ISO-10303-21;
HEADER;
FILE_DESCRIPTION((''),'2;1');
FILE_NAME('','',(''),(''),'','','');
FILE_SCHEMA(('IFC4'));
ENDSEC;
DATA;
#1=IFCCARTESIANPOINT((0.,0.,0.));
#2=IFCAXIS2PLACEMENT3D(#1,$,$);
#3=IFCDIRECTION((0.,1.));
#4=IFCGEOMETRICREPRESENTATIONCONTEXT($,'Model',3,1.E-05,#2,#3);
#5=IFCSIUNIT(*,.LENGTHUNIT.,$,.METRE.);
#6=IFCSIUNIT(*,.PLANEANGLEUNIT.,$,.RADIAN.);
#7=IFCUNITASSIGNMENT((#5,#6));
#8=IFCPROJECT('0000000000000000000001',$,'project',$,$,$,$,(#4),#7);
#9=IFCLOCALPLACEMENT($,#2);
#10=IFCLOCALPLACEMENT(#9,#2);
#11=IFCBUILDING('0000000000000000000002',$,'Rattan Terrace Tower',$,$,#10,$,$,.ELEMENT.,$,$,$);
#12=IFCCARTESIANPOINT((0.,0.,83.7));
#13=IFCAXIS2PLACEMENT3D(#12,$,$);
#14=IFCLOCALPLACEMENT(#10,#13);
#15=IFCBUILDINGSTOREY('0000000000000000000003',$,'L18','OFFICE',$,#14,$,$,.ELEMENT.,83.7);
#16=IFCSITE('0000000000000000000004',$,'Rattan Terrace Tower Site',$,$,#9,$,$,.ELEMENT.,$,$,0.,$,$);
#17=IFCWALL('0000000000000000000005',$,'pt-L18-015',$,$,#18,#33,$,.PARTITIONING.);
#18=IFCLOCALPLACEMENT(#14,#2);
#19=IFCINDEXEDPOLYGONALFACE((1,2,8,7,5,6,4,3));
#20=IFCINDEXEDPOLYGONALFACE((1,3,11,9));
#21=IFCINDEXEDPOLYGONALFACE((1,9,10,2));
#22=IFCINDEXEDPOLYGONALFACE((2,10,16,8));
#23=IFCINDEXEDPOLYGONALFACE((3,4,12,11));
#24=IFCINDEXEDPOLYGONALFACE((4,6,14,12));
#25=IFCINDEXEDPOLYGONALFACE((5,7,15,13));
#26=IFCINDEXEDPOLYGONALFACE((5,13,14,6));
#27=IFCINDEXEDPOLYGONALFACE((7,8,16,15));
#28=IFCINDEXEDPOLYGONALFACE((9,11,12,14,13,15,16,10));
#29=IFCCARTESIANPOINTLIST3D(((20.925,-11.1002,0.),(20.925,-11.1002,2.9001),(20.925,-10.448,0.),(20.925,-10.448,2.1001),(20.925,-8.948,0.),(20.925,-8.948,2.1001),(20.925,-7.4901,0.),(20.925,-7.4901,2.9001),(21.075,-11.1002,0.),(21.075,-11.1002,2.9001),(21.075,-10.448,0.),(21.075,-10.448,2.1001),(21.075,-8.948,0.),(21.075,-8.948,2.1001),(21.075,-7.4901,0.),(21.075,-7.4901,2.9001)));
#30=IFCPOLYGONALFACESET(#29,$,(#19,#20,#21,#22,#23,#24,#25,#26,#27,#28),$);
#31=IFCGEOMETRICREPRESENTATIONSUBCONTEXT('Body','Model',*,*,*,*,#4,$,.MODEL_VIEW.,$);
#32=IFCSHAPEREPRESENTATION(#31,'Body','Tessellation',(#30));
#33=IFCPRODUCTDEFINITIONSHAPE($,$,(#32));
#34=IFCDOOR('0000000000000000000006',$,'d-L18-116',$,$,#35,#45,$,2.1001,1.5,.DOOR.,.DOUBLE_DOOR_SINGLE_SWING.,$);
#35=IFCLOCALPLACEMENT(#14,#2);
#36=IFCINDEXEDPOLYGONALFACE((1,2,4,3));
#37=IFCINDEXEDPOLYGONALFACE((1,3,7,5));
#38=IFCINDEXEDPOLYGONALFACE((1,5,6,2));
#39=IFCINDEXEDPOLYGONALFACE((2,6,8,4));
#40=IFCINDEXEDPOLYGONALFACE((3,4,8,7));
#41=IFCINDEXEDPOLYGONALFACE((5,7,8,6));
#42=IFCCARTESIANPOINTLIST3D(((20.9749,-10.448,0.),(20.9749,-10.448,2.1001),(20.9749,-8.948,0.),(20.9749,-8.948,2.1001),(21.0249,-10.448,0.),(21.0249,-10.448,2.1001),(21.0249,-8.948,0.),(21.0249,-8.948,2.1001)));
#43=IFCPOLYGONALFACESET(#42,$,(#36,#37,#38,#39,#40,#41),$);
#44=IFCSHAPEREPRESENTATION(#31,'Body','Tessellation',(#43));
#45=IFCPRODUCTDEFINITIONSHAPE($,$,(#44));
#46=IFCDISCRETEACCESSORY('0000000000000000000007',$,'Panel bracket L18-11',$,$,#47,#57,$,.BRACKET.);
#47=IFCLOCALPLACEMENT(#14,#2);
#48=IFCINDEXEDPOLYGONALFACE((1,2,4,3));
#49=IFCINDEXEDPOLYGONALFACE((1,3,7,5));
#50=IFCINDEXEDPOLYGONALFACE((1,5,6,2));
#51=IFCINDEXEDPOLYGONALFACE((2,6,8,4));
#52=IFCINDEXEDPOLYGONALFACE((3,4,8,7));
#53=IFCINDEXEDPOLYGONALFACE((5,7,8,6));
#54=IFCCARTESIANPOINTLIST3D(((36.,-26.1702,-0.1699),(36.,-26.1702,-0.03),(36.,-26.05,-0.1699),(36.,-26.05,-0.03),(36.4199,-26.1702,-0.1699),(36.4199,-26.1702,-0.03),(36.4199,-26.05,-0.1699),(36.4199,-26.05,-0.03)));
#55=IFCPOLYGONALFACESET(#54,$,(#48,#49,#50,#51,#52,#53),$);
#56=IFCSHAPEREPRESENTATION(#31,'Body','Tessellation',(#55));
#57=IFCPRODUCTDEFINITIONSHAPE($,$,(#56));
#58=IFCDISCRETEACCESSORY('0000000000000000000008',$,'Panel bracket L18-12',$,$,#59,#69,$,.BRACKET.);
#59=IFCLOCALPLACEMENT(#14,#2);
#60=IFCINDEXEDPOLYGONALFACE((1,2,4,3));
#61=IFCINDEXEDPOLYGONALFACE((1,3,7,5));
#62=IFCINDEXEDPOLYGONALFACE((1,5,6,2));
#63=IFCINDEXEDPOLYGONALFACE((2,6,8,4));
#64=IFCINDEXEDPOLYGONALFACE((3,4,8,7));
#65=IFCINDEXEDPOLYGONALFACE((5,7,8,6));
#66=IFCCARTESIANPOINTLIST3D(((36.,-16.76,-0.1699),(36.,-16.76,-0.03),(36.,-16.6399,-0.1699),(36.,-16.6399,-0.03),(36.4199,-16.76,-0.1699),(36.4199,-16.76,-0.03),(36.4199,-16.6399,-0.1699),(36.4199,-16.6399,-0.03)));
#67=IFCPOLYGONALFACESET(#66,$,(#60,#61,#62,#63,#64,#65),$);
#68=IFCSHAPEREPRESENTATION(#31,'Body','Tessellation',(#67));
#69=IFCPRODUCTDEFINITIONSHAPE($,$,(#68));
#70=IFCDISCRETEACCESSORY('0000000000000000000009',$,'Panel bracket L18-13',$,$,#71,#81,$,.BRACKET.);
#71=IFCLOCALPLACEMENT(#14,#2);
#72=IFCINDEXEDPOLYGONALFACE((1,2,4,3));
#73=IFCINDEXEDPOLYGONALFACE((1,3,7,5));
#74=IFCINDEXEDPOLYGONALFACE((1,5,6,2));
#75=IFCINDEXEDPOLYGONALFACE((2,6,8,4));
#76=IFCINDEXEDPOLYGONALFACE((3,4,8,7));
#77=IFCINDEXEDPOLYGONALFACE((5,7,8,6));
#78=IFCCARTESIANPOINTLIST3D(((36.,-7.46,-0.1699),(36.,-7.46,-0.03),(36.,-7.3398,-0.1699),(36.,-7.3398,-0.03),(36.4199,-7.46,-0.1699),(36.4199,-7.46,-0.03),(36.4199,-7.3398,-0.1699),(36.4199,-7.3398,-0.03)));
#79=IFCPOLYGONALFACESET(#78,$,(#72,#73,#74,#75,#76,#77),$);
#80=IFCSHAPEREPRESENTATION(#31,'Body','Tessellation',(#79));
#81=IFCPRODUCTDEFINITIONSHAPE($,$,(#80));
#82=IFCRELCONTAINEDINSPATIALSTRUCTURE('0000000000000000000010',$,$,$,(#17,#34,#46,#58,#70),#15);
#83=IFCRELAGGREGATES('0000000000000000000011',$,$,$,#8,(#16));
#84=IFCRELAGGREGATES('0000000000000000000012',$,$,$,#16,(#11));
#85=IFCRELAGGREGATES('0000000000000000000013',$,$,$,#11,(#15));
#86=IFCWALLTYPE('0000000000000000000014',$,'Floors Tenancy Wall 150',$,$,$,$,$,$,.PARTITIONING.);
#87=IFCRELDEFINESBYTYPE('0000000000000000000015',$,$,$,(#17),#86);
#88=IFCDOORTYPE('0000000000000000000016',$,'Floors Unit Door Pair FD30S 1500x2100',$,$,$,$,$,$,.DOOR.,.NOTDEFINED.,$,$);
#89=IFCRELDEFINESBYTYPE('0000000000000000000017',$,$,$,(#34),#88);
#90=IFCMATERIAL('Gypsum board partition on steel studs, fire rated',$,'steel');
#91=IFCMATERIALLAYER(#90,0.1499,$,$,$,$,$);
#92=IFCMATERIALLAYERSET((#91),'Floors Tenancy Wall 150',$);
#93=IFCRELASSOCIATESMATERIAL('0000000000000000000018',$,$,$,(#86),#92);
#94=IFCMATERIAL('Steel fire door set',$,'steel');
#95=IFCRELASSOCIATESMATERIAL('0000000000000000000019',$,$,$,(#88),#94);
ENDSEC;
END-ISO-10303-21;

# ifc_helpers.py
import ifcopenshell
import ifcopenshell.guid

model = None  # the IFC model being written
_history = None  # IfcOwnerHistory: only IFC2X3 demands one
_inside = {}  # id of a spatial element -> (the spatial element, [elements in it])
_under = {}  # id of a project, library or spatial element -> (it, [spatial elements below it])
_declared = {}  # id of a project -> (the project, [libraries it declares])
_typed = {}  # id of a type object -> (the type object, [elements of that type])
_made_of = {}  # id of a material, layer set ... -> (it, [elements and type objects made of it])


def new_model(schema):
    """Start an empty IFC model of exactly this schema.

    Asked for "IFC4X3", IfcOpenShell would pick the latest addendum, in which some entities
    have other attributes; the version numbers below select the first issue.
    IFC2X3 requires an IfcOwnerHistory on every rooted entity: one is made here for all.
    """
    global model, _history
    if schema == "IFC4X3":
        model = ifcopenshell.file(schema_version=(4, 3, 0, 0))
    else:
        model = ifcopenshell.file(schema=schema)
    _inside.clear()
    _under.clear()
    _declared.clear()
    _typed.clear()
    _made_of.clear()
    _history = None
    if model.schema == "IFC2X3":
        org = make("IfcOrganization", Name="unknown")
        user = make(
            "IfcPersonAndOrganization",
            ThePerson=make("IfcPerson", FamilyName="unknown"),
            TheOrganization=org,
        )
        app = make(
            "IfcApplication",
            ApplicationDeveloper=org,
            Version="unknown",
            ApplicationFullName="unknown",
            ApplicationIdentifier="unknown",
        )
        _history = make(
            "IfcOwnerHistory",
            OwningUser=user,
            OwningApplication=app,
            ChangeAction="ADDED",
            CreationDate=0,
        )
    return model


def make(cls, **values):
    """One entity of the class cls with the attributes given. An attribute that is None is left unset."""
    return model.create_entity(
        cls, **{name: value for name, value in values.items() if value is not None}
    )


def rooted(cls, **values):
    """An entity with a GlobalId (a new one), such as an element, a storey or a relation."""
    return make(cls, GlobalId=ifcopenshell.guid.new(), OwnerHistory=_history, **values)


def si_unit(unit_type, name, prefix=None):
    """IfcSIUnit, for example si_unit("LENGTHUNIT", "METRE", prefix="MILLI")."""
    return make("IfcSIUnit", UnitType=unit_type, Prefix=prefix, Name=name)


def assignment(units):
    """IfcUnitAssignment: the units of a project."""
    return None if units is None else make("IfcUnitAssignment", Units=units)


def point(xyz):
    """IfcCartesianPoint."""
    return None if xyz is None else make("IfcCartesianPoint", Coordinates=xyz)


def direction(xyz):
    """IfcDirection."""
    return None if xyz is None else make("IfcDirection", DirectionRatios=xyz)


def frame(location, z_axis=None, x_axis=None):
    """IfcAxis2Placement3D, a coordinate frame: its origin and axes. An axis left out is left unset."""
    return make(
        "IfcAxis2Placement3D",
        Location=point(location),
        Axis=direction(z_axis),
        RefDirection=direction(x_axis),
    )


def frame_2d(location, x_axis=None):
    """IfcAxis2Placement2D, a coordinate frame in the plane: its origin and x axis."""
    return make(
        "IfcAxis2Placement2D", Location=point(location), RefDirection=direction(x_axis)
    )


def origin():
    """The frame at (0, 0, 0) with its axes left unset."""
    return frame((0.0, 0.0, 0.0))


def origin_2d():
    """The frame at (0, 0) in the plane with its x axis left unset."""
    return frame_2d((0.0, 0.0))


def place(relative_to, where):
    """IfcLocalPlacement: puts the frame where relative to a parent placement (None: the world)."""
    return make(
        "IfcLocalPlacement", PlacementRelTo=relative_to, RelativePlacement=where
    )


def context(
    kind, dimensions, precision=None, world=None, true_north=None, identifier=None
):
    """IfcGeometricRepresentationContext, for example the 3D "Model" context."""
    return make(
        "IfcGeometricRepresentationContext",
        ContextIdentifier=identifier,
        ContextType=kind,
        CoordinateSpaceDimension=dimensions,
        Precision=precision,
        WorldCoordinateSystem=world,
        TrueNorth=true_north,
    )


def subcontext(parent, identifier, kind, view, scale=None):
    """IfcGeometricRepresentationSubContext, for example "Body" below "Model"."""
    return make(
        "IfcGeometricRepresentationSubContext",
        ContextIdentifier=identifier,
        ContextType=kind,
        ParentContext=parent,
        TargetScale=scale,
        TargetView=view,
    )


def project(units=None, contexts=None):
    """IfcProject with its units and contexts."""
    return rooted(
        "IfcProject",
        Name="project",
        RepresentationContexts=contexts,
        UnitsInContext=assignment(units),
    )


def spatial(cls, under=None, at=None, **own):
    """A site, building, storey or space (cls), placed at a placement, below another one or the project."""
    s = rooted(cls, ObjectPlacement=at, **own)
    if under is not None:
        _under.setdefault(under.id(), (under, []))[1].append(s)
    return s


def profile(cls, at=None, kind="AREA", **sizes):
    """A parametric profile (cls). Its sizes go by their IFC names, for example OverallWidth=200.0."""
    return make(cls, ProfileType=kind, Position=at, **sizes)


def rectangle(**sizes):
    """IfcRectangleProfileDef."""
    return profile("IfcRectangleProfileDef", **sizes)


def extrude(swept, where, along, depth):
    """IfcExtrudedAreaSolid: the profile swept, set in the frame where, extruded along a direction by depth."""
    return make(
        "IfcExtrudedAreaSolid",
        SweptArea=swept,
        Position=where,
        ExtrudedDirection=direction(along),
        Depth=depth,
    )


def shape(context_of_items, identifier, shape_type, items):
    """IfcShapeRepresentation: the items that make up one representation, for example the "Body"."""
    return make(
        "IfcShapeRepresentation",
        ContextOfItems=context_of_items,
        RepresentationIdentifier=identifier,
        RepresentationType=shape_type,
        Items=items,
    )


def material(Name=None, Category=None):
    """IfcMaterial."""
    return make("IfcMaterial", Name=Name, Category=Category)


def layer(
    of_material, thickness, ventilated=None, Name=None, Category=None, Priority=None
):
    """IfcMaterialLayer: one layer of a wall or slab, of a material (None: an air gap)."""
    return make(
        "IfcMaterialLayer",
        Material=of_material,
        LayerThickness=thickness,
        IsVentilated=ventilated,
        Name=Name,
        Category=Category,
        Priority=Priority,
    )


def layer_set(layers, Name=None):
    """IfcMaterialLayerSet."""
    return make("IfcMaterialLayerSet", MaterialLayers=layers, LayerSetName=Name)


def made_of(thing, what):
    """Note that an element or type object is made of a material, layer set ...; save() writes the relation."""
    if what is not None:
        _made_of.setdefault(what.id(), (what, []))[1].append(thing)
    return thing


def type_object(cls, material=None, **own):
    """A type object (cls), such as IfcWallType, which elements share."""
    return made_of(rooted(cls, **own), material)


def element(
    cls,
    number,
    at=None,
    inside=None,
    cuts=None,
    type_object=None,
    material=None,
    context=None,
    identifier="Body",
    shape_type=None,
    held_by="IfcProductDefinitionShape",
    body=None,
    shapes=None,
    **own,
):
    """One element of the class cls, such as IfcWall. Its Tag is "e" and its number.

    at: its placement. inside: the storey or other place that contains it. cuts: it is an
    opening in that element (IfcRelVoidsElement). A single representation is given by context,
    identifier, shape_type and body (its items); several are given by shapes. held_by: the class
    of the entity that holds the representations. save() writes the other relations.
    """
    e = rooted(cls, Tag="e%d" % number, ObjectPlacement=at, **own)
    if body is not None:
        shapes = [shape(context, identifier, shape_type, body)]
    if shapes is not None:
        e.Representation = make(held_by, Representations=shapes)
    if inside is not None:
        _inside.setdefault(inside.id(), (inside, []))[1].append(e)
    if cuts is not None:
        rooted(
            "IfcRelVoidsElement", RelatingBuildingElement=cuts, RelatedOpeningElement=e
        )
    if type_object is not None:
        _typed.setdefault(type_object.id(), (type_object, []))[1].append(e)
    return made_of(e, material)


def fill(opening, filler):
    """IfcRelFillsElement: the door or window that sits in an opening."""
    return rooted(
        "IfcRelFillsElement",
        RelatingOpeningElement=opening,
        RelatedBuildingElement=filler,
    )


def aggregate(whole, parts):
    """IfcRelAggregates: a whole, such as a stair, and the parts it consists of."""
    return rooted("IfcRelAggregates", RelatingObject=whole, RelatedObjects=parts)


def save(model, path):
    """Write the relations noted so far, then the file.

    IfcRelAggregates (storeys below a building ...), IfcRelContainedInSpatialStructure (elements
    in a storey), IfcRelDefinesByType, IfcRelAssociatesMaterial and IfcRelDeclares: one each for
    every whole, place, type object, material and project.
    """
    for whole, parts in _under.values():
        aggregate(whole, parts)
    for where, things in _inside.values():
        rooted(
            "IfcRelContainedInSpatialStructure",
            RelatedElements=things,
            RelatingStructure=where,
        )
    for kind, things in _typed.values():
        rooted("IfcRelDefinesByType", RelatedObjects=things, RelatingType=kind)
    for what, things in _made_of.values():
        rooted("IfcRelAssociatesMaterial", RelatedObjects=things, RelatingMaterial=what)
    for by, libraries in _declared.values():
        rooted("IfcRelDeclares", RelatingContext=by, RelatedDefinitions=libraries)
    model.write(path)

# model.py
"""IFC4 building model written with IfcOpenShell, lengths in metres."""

from ifc_helpers import new_model, si_unit, direction, frame, frame_2d, origin, origin_2d, place, context, subcontext, project, spatial, rectangle, extrude, material, layer, layer_set, type_object, element, fill, save


model = new_model("IFC4")

# Units and contexts
model_context = context("Model", 3, precision=1e-05, world=origin(), true_north=direction((0.0, 1.0)))
body_context = subcontext(model_context, "Body", "Model", "MODEL_VIEW")
ifc_project = project(units=[si_unit("LENGTHUNIT", "METRE"), si_unit("PLANEANGLEUNIT", "RADIAN")], contexts=[model_context])

# Site, building, storey
site_placement = place(None, origin())
site = spatial("IfcSite", under=ifc_project, at=site_placement, Name="Rattan Terrace Tower Site", CompositionType="ELEMENT", RefElevation=0.0)
building_placement = place(site_placement, origin())
building = spatial("IfcBuilding", under=site, at=building_placement, Name="Rattan Terrace Tower", CompositionType="ELEMENT")
storey_placement = place(building_placement, frame((0.0, 0.0, 83.7)))
storey = spatial("IfcBuildingStorey", under=building, at=storey_placement, Name="L18", Description="OFFICE", CompositionType="ELEMENT", Elevation=83.7)

# Wall, opening, door
ifc_material_1 = material(Name="Gypsum board partition on steel studs, fire rated", Category="steel")
ifc_layer_1 = layer(ifc_material_1, 0.1499)
ifc_layer_set_1 = layer_set([ifc_layer_1], Name="Floors Tenancy Wall 150")
wall_type_1 = type_object("IfcWallType", Name="Floors Tenancy Wall 150", PredefinedType="PARTITIONING", material=ifc_layer_set_1)
wall_1_placement = place(storey_placement, frame((21.0, -7.49, 0.0), z_axis=(0.0, 0.0, 1.0), x_axis=(0.0, -1.0, 0.0)))
wall_1 = element("IfcWall", 1, at=wall_1_placement, inside=storey, type_object=wall_type_1, Name="pt-L18-015", PredefinedType="PARTITIONING", context=body_context, shape_type="SweptSolid", body=[
    extrude(rectangle(XDim=3.6101, YDim=0.1499, at=frame_2d((1.8052, 0.0))), origin(), (0.0, 0.0, 1.0), 2.9001),
])
opening_1_placement = place(wall_1_placement, frame((1.458, 0.0, 0.0)))
opening_1 = element("IfcOpeningElement", 2, at=opening_1_placement, cuts=wall_1, PredefinedType="OPENING", context=body_context, shape_type="SweptSolid", body=[
    extrude(rectangle(XDim=1.5, YDim=2.1001, at=frame_2d((0.75, 1.05))), frame((0.0, 0.0854, 0.0), z_axis=(0.0, -1.0, 0.0), x_axis=(1.0, 0.0, 0.0)), (0.0, 0.0, 1.0), 0.1709),
])
ifc_material_2 = material(Name="Steel fire door set", Category="steel")
door_type_1 = type_object("IfcDoorType", Name="Floors Unit Door Pair FD30S 1500x2100", OperationType="NOTDEFINED", PredefinedType="DOOR", material=ifc_material_2)
door_1_placement = place(opening_1_placement, origin())
door_1 = element("IfcDoor", 3, at=door_1_placement, inside=storey, type_object=door_type_1, Name="d-L18-116", OperationType="DOUBLE_DOOR_SINGLE_SWING", OverallHeight=2.1001, OverallWidth=1.5, PredefinedType="DOOR", context=body_context, shape_type="SweptSolid", body=[
    extrude(rectangle(XDim=1.5, YDim=2.1001, at=frame_2d((0.75, 1.05))), frame((0.0, 0.0249, 0.0), z_axis=(0.0, -1.0, 0.0), x_axis=(1.0, 0.0, 0.0)), (0.0, 0.0, 1.0), 0.05),
])
fill(opening_1, door_1)

# Discrete accessories
for number, where, z_axis, x_axis, name in (
    (4, (36.21, -26.1101, -0.1699), (0.0, 0.0, 1.0), (0.0, 1.0, 0.0), "Panel bracket L18-11"),
    (5, (36.21, -16.7, -0.1699), (0.0, 0.0, 1.0), (0.0, 1.0, 0.0), "Panel bracket L18-12"),
    (6, (36.21, -7.3999, -0.1699), (0.0, 0.0, 1.0), (0.0, 1.0, 0.0), "Panel bracket L18-13"),
):
    element("IfcDiscreteAccessory", number, at=place(storey_placement, frame(where, z_axis=z_axis, x_axis=x_axis)), inside=storey, Name=name, PredefinedType="BRACKET", context=body_context, shape_type="SweptSolid", body=[
        extrude(rectangle(XDim=0.1201, YDim=0.4199, at=origin_2d()), origin(), (0.0, 0.0, 1.0), 0.1399),
    ])

save(model, "model.ifc")
